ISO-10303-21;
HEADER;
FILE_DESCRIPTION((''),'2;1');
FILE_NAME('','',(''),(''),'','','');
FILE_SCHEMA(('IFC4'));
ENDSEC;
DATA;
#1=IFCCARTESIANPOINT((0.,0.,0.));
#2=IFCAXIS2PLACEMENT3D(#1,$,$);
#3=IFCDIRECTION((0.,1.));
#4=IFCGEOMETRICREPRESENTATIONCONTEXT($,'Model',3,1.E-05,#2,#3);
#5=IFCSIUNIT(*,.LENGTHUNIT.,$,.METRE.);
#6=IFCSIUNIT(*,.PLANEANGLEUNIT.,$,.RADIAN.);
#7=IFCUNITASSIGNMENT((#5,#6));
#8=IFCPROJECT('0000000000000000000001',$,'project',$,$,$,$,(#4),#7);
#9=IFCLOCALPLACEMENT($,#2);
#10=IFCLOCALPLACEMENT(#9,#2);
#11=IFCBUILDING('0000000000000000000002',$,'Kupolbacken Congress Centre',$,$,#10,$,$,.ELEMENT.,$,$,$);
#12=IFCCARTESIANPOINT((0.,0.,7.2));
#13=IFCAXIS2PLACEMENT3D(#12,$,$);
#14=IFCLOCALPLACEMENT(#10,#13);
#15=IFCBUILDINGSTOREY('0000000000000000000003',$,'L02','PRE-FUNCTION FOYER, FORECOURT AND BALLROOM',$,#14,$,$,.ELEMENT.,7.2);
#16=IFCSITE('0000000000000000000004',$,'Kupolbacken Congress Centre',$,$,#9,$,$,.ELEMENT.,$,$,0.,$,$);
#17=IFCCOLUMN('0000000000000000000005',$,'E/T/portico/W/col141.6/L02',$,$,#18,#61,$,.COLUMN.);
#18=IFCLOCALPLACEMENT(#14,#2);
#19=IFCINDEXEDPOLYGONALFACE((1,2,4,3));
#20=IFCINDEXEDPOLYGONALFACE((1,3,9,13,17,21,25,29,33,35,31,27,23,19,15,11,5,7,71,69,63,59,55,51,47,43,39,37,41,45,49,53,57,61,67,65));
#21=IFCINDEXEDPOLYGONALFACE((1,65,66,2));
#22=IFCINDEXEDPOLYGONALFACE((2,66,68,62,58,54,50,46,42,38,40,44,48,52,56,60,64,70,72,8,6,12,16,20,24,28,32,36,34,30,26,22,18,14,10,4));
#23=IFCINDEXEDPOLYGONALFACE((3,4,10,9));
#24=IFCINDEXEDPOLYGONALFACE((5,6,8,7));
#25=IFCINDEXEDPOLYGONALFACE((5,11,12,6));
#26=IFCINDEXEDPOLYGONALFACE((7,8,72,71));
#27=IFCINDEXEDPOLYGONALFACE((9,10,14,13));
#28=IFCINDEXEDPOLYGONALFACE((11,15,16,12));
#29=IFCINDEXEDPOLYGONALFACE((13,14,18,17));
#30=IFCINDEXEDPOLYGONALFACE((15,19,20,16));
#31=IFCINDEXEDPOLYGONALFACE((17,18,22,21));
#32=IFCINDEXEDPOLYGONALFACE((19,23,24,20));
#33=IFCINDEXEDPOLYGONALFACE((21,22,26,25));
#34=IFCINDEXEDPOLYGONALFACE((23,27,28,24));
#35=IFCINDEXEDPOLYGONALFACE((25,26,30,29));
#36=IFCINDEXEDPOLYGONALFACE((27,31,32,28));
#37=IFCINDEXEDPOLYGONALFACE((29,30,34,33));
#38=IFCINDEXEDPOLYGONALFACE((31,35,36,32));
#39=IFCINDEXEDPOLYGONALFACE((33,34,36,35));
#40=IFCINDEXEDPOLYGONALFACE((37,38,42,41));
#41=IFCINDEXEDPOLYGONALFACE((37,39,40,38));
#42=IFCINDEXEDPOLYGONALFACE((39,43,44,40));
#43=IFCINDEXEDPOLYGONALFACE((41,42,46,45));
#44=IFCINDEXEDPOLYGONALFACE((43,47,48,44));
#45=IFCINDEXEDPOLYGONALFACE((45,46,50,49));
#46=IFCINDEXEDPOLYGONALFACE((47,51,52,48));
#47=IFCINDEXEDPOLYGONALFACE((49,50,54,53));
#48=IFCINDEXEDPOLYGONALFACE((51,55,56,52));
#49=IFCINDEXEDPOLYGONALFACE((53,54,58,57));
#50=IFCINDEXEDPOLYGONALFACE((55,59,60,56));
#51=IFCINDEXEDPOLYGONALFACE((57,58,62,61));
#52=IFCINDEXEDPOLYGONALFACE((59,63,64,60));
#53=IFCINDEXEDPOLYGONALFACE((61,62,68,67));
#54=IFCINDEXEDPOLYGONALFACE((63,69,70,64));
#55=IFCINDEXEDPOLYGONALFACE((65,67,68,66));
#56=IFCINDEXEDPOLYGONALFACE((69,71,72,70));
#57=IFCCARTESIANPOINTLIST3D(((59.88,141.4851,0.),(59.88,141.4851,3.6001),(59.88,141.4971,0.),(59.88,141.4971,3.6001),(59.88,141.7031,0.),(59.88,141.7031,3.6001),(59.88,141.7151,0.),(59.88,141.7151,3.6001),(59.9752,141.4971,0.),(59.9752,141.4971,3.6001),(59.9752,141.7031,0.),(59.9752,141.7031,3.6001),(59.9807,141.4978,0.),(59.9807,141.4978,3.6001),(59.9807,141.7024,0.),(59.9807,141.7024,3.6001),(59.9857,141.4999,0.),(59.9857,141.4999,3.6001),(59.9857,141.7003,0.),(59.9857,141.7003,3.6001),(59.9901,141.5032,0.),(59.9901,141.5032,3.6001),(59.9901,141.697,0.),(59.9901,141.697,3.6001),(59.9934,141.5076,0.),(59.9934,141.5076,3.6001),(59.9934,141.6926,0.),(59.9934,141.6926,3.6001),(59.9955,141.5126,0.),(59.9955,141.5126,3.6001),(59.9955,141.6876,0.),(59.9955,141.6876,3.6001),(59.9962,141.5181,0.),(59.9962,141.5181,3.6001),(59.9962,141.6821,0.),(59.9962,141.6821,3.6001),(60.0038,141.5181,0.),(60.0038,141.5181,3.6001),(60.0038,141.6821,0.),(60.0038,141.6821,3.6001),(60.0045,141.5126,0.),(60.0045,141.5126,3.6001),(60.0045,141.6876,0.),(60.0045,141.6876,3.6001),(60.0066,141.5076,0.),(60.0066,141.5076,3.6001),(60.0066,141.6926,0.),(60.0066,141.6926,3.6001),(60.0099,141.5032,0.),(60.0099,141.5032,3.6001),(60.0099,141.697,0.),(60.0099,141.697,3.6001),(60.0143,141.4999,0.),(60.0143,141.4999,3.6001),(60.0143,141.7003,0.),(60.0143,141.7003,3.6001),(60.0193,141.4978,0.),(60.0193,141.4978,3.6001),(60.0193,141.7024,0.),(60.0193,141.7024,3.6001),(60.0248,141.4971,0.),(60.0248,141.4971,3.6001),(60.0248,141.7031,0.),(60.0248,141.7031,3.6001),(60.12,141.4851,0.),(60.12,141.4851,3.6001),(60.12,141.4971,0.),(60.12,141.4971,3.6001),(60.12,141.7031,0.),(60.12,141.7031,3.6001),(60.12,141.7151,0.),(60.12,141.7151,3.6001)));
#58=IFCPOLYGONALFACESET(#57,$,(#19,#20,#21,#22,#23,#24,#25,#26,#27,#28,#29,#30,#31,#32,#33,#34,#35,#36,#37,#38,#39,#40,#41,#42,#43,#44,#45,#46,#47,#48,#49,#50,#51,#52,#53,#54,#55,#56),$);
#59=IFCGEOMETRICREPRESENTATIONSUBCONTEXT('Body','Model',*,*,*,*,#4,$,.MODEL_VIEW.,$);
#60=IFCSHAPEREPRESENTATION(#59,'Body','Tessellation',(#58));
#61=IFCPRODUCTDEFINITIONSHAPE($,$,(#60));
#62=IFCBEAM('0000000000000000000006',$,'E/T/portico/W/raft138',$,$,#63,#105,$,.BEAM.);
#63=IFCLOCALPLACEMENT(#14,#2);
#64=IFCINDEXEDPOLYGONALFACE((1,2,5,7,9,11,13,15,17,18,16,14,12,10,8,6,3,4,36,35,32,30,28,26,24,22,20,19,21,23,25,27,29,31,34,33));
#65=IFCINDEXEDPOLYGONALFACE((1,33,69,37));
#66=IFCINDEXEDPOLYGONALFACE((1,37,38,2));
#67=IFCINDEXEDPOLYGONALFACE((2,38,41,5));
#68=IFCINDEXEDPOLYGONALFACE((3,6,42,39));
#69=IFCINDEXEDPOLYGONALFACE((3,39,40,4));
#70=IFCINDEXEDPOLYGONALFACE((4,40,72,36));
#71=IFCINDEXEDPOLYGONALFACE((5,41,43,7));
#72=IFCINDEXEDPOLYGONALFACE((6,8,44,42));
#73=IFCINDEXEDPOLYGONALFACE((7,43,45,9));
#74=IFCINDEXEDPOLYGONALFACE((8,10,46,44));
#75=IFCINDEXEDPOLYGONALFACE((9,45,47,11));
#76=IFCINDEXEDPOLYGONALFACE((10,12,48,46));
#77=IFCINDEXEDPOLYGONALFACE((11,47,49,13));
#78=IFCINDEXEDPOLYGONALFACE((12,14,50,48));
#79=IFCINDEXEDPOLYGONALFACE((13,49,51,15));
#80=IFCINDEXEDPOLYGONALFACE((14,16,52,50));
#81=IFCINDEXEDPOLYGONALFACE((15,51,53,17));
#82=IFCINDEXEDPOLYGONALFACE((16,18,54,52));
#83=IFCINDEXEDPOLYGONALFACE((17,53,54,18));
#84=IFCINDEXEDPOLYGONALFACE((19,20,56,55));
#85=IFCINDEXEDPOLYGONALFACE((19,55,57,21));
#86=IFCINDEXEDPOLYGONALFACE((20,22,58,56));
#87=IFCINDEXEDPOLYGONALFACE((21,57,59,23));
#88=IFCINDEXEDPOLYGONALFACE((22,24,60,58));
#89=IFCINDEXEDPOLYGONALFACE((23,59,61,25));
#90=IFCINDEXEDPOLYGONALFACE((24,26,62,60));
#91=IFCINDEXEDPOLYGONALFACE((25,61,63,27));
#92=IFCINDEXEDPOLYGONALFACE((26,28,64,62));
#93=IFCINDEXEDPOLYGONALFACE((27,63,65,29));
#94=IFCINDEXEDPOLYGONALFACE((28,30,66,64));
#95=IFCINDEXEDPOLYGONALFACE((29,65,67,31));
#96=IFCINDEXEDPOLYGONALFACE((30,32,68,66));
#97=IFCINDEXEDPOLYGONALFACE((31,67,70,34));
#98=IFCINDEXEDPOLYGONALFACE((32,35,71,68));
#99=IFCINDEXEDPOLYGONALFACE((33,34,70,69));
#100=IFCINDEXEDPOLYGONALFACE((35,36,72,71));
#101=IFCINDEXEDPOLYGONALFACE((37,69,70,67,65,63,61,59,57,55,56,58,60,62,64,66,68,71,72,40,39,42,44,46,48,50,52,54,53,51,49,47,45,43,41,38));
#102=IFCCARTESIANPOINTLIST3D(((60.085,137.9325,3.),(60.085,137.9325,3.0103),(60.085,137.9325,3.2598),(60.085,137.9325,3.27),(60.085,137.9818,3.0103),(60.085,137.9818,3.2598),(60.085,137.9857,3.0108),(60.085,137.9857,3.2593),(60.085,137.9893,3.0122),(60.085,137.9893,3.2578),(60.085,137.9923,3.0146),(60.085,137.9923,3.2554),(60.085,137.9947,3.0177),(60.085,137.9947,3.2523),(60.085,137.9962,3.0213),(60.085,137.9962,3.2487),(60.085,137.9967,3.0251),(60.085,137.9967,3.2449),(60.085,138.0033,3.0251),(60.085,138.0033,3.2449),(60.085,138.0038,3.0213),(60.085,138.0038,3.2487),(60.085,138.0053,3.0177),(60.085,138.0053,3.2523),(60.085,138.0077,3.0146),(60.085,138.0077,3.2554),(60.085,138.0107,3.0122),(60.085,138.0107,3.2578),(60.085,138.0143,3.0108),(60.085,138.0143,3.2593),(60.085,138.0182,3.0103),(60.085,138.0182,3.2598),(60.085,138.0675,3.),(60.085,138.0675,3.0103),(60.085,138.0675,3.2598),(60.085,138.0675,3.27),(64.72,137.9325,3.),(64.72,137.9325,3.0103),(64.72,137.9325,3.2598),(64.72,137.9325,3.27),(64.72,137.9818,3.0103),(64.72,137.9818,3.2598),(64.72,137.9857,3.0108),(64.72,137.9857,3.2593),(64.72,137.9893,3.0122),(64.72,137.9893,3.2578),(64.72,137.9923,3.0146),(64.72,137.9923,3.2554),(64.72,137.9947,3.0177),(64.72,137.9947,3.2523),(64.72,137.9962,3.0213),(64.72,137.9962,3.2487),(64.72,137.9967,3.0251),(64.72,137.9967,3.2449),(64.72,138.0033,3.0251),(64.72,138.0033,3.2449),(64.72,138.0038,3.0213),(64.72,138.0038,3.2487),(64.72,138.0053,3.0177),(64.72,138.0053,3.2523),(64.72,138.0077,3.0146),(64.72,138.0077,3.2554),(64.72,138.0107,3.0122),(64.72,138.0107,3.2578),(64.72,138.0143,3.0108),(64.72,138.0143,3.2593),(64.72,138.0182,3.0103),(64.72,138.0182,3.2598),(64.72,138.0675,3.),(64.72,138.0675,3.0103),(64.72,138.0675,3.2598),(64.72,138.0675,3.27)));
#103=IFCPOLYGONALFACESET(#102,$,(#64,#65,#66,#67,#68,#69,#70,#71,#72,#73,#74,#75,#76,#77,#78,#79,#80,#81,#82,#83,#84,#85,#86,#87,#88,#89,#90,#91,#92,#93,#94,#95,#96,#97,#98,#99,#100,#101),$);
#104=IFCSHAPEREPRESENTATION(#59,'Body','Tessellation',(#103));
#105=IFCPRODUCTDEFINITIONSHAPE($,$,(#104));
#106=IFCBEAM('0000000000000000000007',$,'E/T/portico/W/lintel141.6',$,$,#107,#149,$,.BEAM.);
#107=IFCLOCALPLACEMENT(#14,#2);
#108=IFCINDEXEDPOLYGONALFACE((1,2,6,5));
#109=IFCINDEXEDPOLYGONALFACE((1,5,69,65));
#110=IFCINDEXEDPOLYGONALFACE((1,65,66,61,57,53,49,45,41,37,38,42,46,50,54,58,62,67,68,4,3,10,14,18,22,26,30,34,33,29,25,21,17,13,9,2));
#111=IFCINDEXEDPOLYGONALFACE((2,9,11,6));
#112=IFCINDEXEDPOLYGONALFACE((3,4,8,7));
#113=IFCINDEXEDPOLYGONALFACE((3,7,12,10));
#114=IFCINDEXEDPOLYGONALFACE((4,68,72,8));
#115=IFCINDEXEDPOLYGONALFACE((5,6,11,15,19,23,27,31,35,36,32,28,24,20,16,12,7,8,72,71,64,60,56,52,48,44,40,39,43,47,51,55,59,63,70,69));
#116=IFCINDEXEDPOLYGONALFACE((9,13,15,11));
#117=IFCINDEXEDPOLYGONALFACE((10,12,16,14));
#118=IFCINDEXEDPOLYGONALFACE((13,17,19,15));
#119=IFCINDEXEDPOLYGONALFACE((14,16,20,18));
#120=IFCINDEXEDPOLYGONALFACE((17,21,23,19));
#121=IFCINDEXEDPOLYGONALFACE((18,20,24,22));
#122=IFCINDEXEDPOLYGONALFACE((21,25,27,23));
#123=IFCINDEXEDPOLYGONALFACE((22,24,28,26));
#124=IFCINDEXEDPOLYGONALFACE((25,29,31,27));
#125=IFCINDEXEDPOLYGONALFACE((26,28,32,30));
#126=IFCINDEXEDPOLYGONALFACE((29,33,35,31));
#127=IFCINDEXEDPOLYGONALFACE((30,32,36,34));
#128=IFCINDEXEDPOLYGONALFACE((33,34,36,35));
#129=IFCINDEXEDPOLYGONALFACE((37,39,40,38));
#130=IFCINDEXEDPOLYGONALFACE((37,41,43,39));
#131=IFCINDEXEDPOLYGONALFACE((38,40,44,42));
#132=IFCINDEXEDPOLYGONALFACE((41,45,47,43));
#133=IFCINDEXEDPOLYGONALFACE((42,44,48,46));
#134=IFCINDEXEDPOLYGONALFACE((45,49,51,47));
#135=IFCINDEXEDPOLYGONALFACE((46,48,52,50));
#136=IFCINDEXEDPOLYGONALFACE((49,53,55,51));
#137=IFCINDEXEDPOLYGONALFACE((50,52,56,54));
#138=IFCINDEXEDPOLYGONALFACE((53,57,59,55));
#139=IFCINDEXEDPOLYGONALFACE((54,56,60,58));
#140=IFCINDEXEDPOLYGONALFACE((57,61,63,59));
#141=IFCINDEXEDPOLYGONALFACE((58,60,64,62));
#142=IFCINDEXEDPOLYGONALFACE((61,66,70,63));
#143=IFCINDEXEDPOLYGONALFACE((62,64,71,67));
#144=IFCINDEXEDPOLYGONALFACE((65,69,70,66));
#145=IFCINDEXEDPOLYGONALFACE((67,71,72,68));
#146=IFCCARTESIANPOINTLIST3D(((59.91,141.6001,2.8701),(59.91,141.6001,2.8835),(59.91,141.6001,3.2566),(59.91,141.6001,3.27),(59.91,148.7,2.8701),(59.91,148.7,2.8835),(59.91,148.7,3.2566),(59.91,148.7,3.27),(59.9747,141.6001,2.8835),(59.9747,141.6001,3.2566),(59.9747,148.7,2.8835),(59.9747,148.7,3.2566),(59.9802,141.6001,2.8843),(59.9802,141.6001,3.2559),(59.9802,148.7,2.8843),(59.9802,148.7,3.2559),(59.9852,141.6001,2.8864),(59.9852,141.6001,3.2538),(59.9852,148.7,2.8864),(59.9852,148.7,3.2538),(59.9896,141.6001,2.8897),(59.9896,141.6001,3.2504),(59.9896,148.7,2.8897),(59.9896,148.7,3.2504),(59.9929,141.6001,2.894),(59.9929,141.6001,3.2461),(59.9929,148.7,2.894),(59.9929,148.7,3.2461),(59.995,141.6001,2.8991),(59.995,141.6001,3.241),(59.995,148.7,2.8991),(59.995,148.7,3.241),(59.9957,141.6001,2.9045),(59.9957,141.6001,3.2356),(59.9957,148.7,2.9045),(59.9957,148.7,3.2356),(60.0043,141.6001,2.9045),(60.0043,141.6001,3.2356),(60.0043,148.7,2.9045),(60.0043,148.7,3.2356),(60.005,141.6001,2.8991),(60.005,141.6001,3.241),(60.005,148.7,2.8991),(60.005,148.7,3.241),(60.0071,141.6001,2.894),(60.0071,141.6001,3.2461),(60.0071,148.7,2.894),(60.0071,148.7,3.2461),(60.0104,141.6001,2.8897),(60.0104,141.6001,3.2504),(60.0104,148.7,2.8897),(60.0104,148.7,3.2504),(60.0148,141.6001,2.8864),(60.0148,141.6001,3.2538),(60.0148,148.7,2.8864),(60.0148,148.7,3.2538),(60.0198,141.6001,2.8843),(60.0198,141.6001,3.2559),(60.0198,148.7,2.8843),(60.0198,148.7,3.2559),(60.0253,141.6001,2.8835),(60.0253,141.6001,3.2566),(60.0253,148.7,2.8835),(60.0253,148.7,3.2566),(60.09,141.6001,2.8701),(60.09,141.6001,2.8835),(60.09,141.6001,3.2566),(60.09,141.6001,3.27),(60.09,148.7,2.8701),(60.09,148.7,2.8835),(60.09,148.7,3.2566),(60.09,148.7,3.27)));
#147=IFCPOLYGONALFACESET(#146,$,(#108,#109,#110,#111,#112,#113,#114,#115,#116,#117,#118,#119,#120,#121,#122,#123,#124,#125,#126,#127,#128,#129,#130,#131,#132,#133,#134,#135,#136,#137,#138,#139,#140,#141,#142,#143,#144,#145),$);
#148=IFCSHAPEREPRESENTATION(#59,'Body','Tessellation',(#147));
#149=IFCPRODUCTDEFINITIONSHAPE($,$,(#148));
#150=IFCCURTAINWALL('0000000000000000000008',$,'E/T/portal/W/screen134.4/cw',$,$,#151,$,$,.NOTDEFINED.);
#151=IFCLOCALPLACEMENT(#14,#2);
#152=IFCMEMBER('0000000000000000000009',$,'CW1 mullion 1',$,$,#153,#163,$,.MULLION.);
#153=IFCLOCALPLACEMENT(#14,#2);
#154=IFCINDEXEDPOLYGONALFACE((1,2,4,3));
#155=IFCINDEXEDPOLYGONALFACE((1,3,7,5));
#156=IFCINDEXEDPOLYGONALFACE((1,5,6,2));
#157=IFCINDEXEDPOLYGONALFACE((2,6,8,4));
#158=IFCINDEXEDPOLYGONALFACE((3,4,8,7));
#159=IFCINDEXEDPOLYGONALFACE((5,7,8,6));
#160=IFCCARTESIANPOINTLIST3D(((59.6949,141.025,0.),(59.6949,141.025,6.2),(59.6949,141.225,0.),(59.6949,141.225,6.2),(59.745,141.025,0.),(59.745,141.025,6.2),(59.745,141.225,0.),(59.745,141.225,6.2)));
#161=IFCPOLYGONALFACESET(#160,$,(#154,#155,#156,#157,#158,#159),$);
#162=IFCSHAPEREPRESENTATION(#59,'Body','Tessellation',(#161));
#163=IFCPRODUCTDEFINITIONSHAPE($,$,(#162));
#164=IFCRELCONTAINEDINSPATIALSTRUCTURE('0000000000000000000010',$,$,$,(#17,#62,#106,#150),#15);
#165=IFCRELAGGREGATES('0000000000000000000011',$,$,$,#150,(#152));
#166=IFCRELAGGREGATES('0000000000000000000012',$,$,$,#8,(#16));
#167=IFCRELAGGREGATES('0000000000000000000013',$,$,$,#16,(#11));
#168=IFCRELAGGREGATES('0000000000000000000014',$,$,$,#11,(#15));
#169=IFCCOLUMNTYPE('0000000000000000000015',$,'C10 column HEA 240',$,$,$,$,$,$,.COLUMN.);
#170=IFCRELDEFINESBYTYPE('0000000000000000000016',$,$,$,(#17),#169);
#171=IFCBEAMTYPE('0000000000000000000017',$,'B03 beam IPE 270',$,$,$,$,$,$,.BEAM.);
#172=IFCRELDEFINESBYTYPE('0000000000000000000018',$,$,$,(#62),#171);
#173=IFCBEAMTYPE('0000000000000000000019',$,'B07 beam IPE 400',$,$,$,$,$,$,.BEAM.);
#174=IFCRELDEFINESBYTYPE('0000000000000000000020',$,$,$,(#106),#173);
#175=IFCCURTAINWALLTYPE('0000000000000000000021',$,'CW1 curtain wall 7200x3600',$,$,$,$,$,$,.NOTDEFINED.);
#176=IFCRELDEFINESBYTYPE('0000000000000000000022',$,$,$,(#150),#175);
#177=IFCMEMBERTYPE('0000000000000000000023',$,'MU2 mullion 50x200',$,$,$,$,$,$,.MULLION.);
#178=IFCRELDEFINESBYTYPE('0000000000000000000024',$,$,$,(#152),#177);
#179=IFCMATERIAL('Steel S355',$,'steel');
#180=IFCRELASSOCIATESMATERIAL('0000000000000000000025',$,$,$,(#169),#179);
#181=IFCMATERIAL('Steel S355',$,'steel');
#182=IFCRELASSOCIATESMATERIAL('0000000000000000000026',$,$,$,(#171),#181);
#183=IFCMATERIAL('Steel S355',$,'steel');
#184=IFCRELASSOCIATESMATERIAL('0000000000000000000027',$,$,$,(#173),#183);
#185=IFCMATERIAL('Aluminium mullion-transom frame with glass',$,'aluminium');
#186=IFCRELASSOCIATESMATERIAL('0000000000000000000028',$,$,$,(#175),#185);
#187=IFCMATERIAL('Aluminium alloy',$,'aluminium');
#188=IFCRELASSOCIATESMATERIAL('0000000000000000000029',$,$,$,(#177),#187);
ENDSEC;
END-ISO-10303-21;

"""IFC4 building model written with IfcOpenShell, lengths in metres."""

from ifc_helpers import new_model, si_unit, direction, frame, origin, origin_2d, place, context, subcontext, project, spatial, rectangle, i_section, extrude, material, material_profile, profile_set, type_object, element, aggregate, save


model = new_model("IFC4")

# Units and contexts
model_context = context("Model", 3, precision=1e-05, world=origin(), true_north=direction((0.0, 1.0)))
body_context = subcontext(model_context, "Body", "Model", "MODEL_VIEW")
ifc_project = project(units=[si_unit("LENGTHUNIT", "METRE"), si_unit("PLANEANGLEUNIT", "RADIAN")], contexts=[model_context])

# Site, building, storey
site_placement = place(None, origin())
site = spatial("IfcSite", under=ifc_project, at=site_placement, Name="Kupolbacken Congress Centre", CompositionType="ELEMENT", RefElevation=0.0)
building_placement = place(site_placement, origin())
building = spatial("IfcBuilding", under=site, at=building_placement, Name="Kupolbacken Congress Centre", CompositionType="ELEMENT")
storey_placement = place(building_placement, frame((0.0, 0.0, 7.2)))
storey = spatial("IfcBuildingStorey", under=building, at=storey_placement, Name="L02", Description="PRE-FUNCTION FOYER, FORECOURT AND BALLROOM", CompositionType="ELEMENT", Elevation=7.2)

# Column
ifc_material_1 = material(Name="Steel S355", Category="steel")
ifc_material_profile_1 = material_profile(ifc_material_1, i_section(OverallWidth=0.24, OverallDepth=0.23, WebThickness=0.0076, FlangeThickness=0.012, FilletRadius=0.021, at=origin_2d()), Name="HEA 240")
ifc_profile_set_1 = profile_set([ifc_material_profile_1], Name="Steel S355")
column_type = type_object("IfcColumnType", Name="C10 column HEA 240", PredefinedType="COLUMN", material=ifc_profile_set_1)
column_placement = place(storey_placement, frame((60.0, 141.6001, 0.0), z_axis=(0.0, 0.0, 1.0), x_axis=(1.0, 0.0, 0.0)))
element("IfcColumn", 1, at=column_placement, inside=storey, type_object=column_type, Name="E/T/portico/W/col141.6/L02", PredefinedType="COLUMN", context=body_context, shape_type="SweptSolid", body=[
    extrude(i_section(OverallWidth=0.24, OverallDepth=0.23, WebThickness=0.0076, FlangeThickness=0.012, FilletRadius=0.021, at=origin_2d()), origin(), (0.0, 0.0, 1.0), 3.6001),
])

# Beams
ifc_material_2 = material(Name="Steel S355", Category="steel")
ifc_material_profile_2 = material_profile(ifc_material_2, i_section(OverallWidth=0.135, OverallDepth=0.27, WebThickness=0.0066, FlangeThickness=0.0103, FilletRadius=0.0149, at=origin_2d()), Name="IPE 270")
ifc_profile_set_2 = profile_set([ifc_material_profile_2], Name="Steel S355")
beam_type_1 = type_object("IfcBeamType", Name="B03 beam IPE 270", PredefinedType="BEAM", material=ifc_profile_set_2)
beam_1_placement = place(storey_placement, frame((64.72, 138.0, 3.135), z_axis=(-1.0, 0.0, 0.0), x_axis=(0.0, -1.0, 0.0)))
element("IfcBeam", 2, at=beam_1_placement, inside=storey, type_object=beam_type_1, Name="E/T/portico/W/raft138", PredefinedType="BEAM", context=body_context, shape_type="SweptSolid", body=[
    extrude(i_section(OverallWidth=0.135, OverallDepth=0.27, WebThickness=0.0066, FlangeThickness=0.0103, FilletRadius=0.0149, at=origin_2d()), origin(), (0.0, 0.0, 1.0), 4.635),
])
ifc_material_3 = material(Name="Steel S355", Category="steel")
ifc_material_profile_3 = material_profile(ifc_material_3, i_section(OverallWidth=0.1799, OverallDepth=0.3999, WebThickness=0.0085, FlangeThickness=0.0134, FilletRadius=0.021, at=origin_2d()), Name="IPE 400")
ifc_profile_set_3 = profile_set([ifc_material_profile_3], Name="Steel S355")
beam_type_2 = type_object("IfcBeamType", Name="B07 beam IPE 400", PredefinedType="BEAM", material=ifc_profile_set_3)
beam_2_placement = place(storey_placement, frame((60.0, 141.6001, 3.0701), z_axis=(0.0, 1.0, 0.0), x_axis=(-1.0, 0.0, 0.0)))
element("IfcBeam", 3, at=beam_2_placement, inside=storey, type_object=beam_type_2, Name="E/T/portico/W/lintel141.6", PredefinedType="BEAM", context=body_context, shape_type="SweptSolid", body=[
    extrude(i_section(OverallWidth=0.1799, OverallDepth=0.3999, WebThickness=0.0085, FlangeThickness=0.0134, FilletRadius=0.021, at=origin_2d()), origin(), (0.0, 0.0, 1.0), 7.0999),
])

# Curtain wall, member
ifc_material_4 = material(Name="Aluminium mullion-transom frame with glass", Category="aluminium")
curtain_wall_type = type_object("IfcCurtainWallType", Name="CW1 curtain wall 7200x3600", PredefinedType="NOTDEFINED", material=ifc_material_4)
curtain_wall_placement = place(storey_placement, origin())
curtain_wall = element("IfcCurtainWall", 4, at=curtain_wall_placement, inside=storey, type_object=curtain_wall_type, Name="E/T/portal/W/screen134.4/cw", PredefinedType="NOTDEFINED")
ifc_material_5 = material(Name="Aluminium alloy", Category="aluminium")
ifc_material_profile_4 = material_profile(ifc_material_5, rectangle(XDim=0.05, YDim=0.2, at=origin_2d()), Name="50 x 200")
ifc_profile_set_4 = profile_set([ifc_material_profile_4], Name="Aluminium alloy")
member_type = type_object("IfcMemberType", Name="MU2 mullion 50x200", PredefinedType="MULLION", material=ifc_profile_set_4)
member_placement = place(storey_placement, frame((59.72, 141.125, 0.0), z_axis=(0.0, 0.0, 1.0), x_axis=(1.0, 0.0, 0.0)))
member = element("IfcMember", 5, at=member_placement, type_object=member_type, Name="CW1 mullion 1", PredefinedType="MULLION", context=body_context, shape_type="SweptSolid", body=[
    extrude(rectangle(XDim=0.05, YDim=0.2, at=origin_2d()), origin(), (0.0, 0.0, 1.0), 6.2),
])
aggregate(curtain_wall, [member])

save(model, "model.ifc")
